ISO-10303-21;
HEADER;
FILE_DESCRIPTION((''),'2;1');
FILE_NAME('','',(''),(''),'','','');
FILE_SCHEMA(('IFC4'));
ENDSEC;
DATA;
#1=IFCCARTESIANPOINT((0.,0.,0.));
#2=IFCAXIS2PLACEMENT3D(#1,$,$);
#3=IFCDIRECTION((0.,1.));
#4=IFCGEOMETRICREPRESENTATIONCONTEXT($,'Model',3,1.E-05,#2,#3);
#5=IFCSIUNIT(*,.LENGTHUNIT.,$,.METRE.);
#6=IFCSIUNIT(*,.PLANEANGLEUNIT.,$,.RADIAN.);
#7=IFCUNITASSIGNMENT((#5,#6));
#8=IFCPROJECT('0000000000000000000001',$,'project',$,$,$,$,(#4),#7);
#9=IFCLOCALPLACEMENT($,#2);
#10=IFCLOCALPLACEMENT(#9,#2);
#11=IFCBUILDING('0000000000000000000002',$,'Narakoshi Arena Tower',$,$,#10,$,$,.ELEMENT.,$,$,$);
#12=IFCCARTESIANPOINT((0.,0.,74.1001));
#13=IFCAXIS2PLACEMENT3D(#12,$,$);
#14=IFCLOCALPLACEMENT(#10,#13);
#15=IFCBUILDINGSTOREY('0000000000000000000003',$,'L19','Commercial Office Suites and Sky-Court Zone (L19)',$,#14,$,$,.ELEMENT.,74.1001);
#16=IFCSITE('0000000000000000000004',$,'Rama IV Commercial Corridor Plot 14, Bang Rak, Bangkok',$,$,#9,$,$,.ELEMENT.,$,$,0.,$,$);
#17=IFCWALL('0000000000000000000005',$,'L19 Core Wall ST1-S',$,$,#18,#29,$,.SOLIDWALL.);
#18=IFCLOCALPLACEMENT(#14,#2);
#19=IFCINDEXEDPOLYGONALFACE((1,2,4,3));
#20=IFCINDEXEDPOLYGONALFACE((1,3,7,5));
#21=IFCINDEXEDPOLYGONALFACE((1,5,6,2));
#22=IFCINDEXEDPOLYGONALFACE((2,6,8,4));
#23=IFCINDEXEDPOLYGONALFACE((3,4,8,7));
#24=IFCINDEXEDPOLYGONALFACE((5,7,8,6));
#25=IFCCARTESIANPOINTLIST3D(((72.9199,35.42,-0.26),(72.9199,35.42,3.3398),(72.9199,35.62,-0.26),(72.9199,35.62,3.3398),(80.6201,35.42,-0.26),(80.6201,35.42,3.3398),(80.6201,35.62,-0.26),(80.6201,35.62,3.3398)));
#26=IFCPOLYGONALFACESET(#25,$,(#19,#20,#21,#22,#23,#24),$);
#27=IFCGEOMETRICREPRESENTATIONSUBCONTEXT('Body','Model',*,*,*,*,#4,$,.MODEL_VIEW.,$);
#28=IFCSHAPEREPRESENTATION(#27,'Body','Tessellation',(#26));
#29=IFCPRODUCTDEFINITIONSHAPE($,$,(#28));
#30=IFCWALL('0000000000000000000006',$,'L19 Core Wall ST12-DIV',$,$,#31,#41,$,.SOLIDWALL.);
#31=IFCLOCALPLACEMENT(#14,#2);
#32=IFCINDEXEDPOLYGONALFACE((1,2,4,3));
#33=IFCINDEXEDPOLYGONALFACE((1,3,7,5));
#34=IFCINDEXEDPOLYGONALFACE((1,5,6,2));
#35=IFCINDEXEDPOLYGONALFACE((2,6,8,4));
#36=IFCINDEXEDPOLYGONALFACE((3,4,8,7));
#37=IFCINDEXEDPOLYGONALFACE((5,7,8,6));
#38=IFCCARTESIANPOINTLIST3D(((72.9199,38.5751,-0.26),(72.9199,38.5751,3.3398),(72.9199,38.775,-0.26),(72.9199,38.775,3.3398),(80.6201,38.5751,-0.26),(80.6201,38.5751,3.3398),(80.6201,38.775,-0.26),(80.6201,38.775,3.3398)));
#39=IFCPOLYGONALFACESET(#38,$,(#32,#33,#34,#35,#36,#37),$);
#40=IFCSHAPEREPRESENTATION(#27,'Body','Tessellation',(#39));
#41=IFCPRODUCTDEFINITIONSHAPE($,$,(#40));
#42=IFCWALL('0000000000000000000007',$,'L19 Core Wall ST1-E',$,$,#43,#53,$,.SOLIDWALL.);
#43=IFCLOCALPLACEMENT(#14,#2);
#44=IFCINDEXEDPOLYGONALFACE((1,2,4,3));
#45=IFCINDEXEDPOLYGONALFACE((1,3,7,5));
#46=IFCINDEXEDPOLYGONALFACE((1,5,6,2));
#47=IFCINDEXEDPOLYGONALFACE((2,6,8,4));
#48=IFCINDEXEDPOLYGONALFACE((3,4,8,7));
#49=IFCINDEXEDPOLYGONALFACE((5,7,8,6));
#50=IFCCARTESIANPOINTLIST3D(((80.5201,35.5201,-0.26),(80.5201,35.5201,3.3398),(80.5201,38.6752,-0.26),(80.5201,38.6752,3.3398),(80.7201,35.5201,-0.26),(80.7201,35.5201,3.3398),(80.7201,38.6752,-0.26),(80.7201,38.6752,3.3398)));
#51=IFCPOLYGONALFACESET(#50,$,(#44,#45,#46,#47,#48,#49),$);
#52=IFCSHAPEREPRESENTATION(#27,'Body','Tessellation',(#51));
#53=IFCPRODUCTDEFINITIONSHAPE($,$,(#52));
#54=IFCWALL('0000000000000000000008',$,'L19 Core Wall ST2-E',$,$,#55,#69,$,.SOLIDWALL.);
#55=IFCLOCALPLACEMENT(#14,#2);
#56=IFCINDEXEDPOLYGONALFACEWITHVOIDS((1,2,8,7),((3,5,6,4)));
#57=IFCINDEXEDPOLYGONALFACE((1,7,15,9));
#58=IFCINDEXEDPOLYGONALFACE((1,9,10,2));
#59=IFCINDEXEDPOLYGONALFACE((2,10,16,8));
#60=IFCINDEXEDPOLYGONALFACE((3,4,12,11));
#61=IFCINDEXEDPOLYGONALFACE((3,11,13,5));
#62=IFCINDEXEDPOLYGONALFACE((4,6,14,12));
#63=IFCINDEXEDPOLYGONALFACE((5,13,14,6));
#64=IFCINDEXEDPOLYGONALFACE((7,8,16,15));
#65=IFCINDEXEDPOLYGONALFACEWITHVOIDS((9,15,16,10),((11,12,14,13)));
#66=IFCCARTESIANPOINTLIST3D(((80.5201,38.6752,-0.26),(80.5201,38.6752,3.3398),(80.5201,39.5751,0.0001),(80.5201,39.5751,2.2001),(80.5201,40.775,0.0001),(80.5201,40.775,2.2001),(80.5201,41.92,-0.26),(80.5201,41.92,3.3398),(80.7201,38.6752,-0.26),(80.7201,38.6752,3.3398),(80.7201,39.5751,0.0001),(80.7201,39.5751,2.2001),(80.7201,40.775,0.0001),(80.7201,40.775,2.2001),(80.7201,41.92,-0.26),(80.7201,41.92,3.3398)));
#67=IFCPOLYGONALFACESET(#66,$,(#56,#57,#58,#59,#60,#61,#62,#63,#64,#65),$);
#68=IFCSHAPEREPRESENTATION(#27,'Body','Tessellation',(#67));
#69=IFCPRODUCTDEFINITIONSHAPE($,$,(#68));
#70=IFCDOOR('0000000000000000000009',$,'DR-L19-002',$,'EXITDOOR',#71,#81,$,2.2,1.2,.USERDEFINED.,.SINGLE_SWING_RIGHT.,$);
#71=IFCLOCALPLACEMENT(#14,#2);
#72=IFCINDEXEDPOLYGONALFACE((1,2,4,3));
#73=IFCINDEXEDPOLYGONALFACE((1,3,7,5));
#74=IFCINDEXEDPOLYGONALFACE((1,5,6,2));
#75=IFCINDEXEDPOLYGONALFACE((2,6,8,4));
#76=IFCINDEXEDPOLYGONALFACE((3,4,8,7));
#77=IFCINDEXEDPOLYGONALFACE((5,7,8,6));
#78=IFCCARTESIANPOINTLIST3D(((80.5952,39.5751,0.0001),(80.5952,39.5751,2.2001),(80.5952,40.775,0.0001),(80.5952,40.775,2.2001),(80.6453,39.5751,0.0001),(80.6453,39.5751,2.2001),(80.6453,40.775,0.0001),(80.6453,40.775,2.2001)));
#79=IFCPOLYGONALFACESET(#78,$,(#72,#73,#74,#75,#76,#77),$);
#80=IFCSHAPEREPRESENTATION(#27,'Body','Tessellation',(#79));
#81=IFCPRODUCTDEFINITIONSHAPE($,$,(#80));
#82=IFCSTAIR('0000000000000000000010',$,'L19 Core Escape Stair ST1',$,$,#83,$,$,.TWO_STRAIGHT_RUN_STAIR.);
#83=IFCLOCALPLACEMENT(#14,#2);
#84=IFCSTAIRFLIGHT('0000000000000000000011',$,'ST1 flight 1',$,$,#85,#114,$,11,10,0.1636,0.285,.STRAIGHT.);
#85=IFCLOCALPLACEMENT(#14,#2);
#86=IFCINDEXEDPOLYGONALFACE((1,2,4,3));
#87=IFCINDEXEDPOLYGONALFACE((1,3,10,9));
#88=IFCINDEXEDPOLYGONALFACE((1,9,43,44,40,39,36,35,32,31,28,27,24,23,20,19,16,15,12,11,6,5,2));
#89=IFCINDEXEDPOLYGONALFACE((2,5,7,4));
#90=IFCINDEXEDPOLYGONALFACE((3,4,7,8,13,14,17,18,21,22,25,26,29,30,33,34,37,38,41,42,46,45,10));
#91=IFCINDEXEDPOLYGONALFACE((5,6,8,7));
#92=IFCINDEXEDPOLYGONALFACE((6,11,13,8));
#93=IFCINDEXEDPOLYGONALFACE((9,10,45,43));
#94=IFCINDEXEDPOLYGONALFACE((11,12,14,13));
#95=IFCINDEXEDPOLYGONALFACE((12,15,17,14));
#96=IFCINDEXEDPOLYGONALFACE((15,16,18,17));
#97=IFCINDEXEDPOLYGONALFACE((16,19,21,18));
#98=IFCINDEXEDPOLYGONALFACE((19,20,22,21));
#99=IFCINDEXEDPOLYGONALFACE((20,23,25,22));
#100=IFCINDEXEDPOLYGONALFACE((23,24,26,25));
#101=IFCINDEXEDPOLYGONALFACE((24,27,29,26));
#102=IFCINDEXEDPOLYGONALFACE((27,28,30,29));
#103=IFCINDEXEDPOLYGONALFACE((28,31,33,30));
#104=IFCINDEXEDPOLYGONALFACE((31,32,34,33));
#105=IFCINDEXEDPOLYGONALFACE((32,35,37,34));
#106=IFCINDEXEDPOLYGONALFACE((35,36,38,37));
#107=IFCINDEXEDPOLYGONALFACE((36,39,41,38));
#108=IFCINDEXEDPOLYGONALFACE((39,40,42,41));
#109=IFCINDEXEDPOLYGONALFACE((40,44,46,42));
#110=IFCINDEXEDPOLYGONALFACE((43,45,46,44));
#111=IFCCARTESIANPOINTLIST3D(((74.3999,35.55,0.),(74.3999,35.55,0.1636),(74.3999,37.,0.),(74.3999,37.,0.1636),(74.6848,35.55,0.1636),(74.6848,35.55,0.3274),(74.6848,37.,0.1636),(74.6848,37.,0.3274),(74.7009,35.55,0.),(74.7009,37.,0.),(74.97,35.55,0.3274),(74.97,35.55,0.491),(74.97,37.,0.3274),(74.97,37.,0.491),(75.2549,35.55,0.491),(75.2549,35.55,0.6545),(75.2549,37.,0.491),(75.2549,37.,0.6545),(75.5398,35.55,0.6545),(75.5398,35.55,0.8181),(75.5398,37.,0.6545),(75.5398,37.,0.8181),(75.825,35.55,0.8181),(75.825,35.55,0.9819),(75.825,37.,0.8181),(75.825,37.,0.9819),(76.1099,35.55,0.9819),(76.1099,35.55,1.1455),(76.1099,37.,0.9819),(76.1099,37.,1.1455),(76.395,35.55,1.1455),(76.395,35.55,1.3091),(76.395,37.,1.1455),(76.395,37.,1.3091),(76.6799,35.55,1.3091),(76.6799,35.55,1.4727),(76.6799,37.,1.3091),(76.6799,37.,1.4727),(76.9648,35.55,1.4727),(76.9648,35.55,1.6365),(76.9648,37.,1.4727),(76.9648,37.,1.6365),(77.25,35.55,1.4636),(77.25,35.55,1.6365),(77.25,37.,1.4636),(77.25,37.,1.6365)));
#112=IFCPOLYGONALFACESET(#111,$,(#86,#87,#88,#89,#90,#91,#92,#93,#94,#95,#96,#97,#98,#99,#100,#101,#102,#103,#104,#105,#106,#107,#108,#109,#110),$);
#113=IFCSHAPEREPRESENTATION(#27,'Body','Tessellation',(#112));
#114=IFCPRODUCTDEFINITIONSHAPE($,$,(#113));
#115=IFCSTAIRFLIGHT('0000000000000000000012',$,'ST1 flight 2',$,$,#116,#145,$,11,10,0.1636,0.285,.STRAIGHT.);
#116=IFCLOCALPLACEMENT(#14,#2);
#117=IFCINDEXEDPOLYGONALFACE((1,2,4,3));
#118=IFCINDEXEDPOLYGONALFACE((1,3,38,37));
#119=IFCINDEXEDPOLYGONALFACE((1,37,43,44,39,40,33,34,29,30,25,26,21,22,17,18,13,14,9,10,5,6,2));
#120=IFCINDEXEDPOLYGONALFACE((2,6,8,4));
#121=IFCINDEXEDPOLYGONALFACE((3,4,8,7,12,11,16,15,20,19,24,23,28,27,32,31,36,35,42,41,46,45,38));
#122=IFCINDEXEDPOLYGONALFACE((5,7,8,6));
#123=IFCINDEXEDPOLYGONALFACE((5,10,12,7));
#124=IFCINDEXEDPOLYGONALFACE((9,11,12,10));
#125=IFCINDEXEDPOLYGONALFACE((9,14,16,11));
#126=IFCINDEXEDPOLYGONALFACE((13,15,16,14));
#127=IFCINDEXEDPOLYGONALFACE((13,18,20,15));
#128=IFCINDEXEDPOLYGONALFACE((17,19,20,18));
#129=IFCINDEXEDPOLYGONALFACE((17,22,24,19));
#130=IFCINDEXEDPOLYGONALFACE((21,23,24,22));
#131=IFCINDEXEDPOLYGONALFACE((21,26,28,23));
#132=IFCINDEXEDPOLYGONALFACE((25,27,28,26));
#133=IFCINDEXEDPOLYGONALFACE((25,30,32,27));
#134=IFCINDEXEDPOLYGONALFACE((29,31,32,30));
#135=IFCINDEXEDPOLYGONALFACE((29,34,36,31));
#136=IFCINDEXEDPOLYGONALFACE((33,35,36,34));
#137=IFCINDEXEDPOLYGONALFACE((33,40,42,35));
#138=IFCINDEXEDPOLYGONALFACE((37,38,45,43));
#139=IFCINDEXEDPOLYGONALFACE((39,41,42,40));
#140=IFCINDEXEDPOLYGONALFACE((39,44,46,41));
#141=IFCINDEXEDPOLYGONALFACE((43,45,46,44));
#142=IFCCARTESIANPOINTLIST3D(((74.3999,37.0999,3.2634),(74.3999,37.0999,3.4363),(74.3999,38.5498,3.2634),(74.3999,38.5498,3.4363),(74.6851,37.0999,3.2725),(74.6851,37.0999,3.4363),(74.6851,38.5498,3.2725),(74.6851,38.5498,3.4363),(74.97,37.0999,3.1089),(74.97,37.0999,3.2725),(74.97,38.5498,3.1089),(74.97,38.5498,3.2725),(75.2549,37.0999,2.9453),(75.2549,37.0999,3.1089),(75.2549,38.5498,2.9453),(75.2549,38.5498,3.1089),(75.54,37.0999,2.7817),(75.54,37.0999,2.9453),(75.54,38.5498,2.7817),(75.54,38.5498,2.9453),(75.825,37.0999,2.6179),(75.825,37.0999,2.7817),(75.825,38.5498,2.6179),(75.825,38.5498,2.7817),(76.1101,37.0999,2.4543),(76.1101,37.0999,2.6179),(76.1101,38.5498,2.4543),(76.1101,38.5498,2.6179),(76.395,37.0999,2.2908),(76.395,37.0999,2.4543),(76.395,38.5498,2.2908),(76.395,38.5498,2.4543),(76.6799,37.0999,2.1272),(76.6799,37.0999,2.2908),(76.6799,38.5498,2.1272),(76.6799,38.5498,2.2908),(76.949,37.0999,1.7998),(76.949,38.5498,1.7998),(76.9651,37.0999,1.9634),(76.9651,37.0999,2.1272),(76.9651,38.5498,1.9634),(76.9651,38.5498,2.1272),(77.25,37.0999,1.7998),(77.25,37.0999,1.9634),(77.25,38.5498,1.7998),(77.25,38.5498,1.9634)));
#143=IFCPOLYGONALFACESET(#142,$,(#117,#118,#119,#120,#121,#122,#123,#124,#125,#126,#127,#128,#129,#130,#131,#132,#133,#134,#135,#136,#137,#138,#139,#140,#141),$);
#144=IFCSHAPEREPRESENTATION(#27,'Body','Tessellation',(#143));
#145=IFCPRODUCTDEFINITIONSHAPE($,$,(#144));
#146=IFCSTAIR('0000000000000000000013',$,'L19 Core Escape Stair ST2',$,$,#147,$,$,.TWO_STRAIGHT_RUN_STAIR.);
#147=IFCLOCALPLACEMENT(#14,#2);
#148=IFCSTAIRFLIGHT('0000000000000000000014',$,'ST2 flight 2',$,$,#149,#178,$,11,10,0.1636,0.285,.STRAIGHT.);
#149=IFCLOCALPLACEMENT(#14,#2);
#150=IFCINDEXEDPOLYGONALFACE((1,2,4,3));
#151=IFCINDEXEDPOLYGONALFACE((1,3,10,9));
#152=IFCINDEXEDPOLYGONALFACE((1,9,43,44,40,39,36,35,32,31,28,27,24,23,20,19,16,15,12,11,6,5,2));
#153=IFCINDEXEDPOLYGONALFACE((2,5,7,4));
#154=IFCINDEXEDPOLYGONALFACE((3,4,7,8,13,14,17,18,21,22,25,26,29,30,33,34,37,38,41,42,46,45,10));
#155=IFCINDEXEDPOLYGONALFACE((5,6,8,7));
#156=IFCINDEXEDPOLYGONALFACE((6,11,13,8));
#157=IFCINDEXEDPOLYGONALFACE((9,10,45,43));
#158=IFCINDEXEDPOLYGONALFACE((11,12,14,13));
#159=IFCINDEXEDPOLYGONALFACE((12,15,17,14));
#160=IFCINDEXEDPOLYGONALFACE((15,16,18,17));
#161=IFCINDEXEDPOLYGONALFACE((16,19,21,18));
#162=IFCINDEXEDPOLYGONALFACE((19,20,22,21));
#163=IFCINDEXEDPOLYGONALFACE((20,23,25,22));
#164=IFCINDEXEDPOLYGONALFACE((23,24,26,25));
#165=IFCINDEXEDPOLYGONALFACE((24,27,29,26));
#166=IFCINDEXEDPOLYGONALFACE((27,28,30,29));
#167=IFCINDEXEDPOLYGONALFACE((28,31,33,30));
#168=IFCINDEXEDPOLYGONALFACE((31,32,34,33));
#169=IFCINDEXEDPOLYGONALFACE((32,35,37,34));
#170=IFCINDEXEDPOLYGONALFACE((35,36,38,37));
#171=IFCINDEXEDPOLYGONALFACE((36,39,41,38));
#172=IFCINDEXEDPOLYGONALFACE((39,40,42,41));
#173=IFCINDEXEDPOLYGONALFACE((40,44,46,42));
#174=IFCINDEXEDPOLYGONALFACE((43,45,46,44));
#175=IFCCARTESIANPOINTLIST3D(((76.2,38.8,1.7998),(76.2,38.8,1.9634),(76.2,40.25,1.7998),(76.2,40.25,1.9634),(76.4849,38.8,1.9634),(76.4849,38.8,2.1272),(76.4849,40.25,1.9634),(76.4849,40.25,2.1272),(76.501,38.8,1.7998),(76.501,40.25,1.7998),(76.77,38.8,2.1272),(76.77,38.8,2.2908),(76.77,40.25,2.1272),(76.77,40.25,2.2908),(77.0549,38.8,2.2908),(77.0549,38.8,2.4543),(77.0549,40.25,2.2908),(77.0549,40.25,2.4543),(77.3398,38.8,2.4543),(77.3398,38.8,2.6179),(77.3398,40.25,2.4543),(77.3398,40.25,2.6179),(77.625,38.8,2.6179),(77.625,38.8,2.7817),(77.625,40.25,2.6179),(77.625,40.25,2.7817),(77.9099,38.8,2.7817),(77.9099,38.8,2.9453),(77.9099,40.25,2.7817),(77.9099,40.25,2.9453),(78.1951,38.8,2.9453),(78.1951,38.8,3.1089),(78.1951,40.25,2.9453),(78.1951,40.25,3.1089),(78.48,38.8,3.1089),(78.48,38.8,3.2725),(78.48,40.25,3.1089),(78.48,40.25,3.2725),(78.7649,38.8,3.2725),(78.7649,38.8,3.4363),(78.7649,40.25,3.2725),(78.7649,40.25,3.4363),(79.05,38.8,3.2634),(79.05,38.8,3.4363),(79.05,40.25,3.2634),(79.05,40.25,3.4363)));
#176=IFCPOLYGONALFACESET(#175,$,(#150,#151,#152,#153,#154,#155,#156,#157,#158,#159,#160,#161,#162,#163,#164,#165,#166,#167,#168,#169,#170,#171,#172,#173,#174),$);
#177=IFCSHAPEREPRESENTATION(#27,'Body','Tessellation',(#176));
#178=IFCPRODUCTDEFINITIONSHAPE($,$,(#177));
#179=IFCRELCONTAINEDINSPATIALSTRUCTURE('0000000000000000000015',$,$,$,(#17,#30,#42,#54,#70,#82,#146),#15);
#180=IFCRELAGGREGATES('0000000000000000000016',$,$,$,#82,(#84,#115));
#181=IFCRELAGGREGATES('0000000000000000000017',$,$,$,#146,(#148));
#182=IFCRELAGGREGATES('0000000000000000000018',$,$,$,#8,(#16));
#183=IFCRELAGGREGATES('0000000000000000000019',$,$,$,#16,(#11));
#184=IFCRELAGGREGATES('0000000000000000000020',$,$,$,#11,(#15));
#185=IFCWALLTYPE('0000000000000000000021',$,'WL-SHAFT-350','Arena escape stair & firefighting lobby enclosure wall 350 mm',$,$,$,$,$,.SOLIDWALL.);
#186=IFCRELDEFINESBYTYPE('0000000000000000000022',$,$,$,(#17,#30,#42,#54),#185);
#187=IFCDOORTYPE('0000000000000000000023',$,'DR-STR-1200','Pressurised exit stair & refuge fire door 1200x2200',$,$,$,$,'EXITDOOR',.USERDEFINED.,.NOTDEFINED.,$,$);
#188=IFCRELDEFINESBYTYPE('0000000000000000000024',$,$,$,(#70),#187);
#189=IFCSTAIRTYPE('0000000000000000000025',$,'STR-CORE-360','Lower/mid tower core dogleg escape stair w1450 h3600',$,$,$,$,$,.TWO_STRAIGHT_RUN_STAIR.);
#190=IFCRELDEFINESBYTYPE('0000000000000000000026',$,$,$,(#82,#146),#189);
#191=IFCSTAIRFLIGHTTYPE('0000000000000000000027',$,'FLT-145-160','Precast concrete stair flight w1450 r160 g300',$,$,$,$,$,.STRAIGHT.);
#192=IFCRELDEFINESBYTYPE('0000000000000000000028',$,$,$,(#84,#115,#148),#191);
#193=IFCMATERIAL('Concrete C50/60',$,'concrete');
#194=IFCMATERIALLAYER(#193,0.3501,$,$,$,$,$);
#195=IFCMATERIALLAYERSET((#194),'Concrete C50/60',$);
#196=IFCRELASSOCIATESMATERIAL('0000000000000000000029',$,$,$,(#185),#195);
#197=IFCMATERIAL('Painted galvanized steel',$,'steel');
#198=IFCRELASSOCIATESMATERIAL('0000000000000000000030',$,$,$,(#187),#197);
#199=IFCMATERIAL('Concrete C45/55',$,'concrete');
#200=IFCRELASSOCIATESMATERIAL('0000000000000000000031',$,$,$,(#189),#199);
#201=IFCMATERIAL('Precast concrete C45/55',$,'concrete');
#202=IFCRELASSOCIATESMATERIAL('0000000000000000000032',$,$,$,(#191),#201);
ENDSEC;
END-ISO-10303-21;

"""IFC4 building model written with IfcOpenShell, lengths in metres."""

from ifc_helpers import new_model, si_unit, direction, frame, frame_2d, origin, place, context, subcontext, project, spatial, polyline, rectangle, outline, extrude, material, layer, layer_set, type_object, element, fill, aggregate, save


model = new_model("IFC4")

# Units and contexts
model_context = context("Model", 3, precision=1e-05, world=origin(), true_north=direction((0.0, 1.0)))
body_context = subcontext(model_context, "Body", "Model", "MODEL_VIEW")
ifc_project = project(units=[si_unit("LENGTHUNIT", "METRE"), si_unit("PLANEANGLEUNIT", "RADIAN")], contexts=[model_context])

# Site, building, storey
site_placement = place(None, origin())
site = spatial("IfcSite", under=ifc_project, at=site_placement, Name="Rama IV Commercial Corridor Plot 14, Bang Rak, Bangkok", CompositionType="ELEMENT", RefElevation=0.0)
building_placement = place(site_placement, origin())
building = spatial("IfcBuilding", under=site, at=building_placement, Name="Narakoshi Arena Tower", CompositionType="ELEMENT")
storey_placement = place(building_placement, frame((0.0, 0.0, 74.1001)))
storey = spatial("IfcBuildingStorey", under=building, at=storey_placement, Name="L19", Description="Commercial Office Suites and Sky-Court Zone (L19)", CompositionType="ELEMENT", Elevation=74.1001)

# Walls
ifc_material_1 = material(Name="Concrete C50/60", Category="concrete")
ifc_layer = layer(ifc_material_1, 0.3501)
ifc_layer_set = layer_set([ifc_layer], Name="Concrete C50/60")
wall_type = type_object("IfcWallType", Name="WL-SHAFT-350", Description="Arena escape stair & firefighting lobby enclosure wall 350 mm", PredefinedType="SOLIDWALL", material=ifc_layer_set)
for number, where, z_axis, x_axis, name in (
    (1, (72.9199, 35.52, -0.26), (0.0, 0.0, 1.0), (1.0, 0.0, 0.0), "L19 Core Wall ST1-S"),
    (2, (72.9199, 38.675, -0.26), (0.0, 0.0, 1.0), (1.0, 0.0, 0.0), "L19 Core Wall ST12-DIV"),
):
    element("IfcWall", number, at=place(storey_placement, frame(where, z_axis=z_axis, x_axis=x_axis)), inside=storey, type_object=wall_type, Name=name, PredefinedType="SOLIDWALL", context=body_context, shape_type="SweptSolid", body=[
        extrude(rectangle(XDim=7.7002, YDim=0.2, at=frame_2d((3.8501, 0.0))), origin(), (0.0, 0.0, 1.0), 3.5999),
    ])
wall_1_placement = place(storey_placement, frame((80.6201, 35.52, -0.26), z_axis=(0.0, 0.0, 1.0), x_axis=(0.0, 1.0, 0.0)))
element("IfcWall", 3, at=wall_1_placement, inside=storey, type_object=wall_type, Name="L19 Core Wall ST1-E", PredefinedType="SOLIDWALL", context=body_context, shape_type="SweptSolid", body=[
    extrude(rectangle(XDim=3.155, YDim=0.2, at=frame_2d((1.5776, 0.0))), origin(), (0.0, 0.0, 1.0), 3.5999),
])

# Wall, opening, door
wall_2_placement = place(storey_placement, frame((80.6201, 38.675, -0.26), z_axis=(0.0, 0.0, 1.0), x_axis=(0.0, 1.0, 0.0)))
wall_2 = element("IfcWall", 4, at=wall_2_placement, inside=storey, type_object=wall_type, Name="L19 Core Wall ST2-E", PredefinedType="SOLIDWALL", context=body_context, shape_type="SweptSolid", body=[
    extrude(rectangle(XDim=3.2449, YDim=0.2, at=frame_2d((1.6226, 0.0))), origin(), (0.0, 0.0, 1.0), 3.5999),
])
opening_placement = place(wall_2_placement, frame((0.8999, 0.0, 0.26)))
opening = element("IfcOpeningElement", 5, at=opening_placement, cuts=wall_2, PredefinedType="OPENING", context=body_context, shape_type="SweptSolid", body=[
    extrude(rectangle(XDim=1.2, YDim=2.2, at=frame_2d((0.6001, 1.1001))), frame((0.0, 0.1099, 0.0), z_axis=(0.0, -1.0, 0.0), x_axis=(1.0, 0.0, 0.0)), (0.0, 0.0, 1.0), 0.22),
])
ifc_material_2 = material(Name="Painted galvanized steel", Category="steel")
door_type = type_object("IfcDoorType", Name="DR-STR-1200", Description="Pressurised exit stair & refuge fire door 1200x2200", ElementType="EXITDOOR", OperationType="NOTDEFINED", PredefinedType="USERDEFINED", material=ifc_material_2)
door_placement = place(opening_placement, origin())
door = element("IfcDoor", 6, at=door_placement, inside=storey, type_object=door_type, Name="DR-L19-002", ObjectType="EXITDOOR", OperationType="SINGLE_SWING_RIGHT", OverallHeight=2.2, OverallWidth=1.2, PredefinedType="USERDEFINED", context=body_context, shape_type="SweptSolid", body=[
    extrude(rectangle(XDim=1.2, YDim=2.2, at=frame_2d((0.6001, 1.1001))), frame((0.0, 0.0249, 0.0), z_axis=(0.0, -1.0, 0.0), x_axis=(1.0, 0.0, 0.0)), (0.0, 0.0, 1.0), 0.05),
])
fill(opening, door)

# Stair, stair flights
ifc_material_3 = material(Name="Concrete C45/55", Category="concrete")
stair_type = type_object("IfcStairType", Name="STR-CORE-360", Description="Lower/mid tower core dogleg escape stair w1450 h3600", PredefinedType="TWO_STRAIGHT_RUN_STAIR", material=ifc_material_3)
stair_1_placement = place(storey_placement, origin())
stair_1 = element("IfcStair", 7, at=stair_1_placement, inside=storey, type_object=stair_type, Name="L19 Core Escape Stair ST1", PredefinedType="TWO_STRAIGHT_RUN_STAIR")
ifc_material_4 = material(Name="Precast concrete C45/55", Category="concrete")
stair_flight_type = type_object("IfcStairFlightType", Name="FLT-145-160", Description="Precast concrete stair flight w1450 r160 g300", PredefinedType="STRAIGHT", material=ifc_material_4)
stair_flight_1_placement = place(storey_placement, frame((74.3999, 36.2749, 0.0), z_axis=(0.0, 0.0, 1.0), x_axis=(1.0, 0.0, 0.0)))
stair_flight_1 = element("IfcStairFlight", 8, at=stair_flight_1_placement, type_object=stair_flight_type, Name="ST1 flight 1", NumberOfRisers=11, NumberOfTreads=10, PredefinedType="STRAIGHT", RiserHeight=0.1636, TreadLength=0.285, context=body_context, shape_type="SweptSolid", body=[
    extrude(outline(polyline([(0.0, 0.0), (0.0, 0.1636), (0.2849, 0.1636), (0.2849, 0.3274), (0.5701, 0.3274), (0.5701, 0.491), (0.855, 0.491), (0.855, 0.6545), (1.1399, 0.6545), (1.1399, 0.8181), (1.425, 0.8181), (1.425, 0.9819), (1.71, 0.9819), (1.71, 1.1455), (1.9951, 1.1455), (1.9951, 1.3091), (2.28, 1.3091), (2.28, 1.4727), (2.5649, 1.4727), (2.5649, 1.6365), (2.8501, 1.6365), (2.8501, 1.8), (2.8501, 1.4636), (0.301, 0.0), (0.0, 0.0)])), frame((0.0, 0.7251, 0.0), z_axis=(0.0, -1.0, 0.0), x_axis=(1.0, 0.0, 0.0)), (0.0, 0.0, 1.0), 1.45),
])
stair_flight_2_placement = place(storey_placement, frame((77.25, 37.825, 1.7998), z_axis=(0.0, 0.0, 1.0), x_axis=(-1.0, 0.0, 0.0)))
stair_flight_2 = element("IfcStairFlight", 9, at=stair_flight_2_placement, type_object=stair_flight_type, Name="ST1 flight 2", NumberOfRisers=11, NumberOfTreads=10, PredefinedType="STRAIGHT", RiserHeight=0.1636, TreadLength=0.285, context=body_context, shape_type="SweptSolid", body=[
    extrude(outline(polyline([(0.0, 0.0), (0.0, 0.1636), (0.2849, 0.1636), (0.2849, 0.3274), (0.5701, 0.3274), (0.5701, 0.491), (0.855, 0.491), (0.855, 0.6545), (1.1399, 0.6545), (1.1399, 0.8181), (1.425, 0.8181), (1.425, 0.9819), (1.71, 0.9819), (1.71, 1.1455), (1.9951, 1.1455), (1.9951, 1.3091), (2.28, 1.3091), (2.28, 1.4727), (2.5649, 1.4727), (2.5649, 1.6365), (2.8501, 1.6365), (2.8501, 1.8), (2.8501, 1.4636), (0.301, 0.0), (0.0, 0.0)])), frame((0.0, 0.7251, 0.0), z_axis=(0.0, -1.0, 0.0), x_axis=(1.0, 0.0, 0.0)), (0.0, 0.0, 1.0), 1.45),
])
aggregate(stair_1, [stair_flight_1, stair_flight_2])

# Stair, stair flight
stair_2_placement = place(storey_placement, origin())
stair_2 = element("IfcStair", 10, at=stair_2_placement, inside=storey, type_object=stair_type, Name="L19 Core Escape Stair ST2", PredefinedType="TWO_STRAIGHT_RUN_STAIR")
stair_flight_3_placement = place(storey_placement, frame((76.2, 39.5249, 1.7998), z_axis=(0.0, 0.0, 1.0), x_axis=(1.0, 0.0, 0.0)))
stair_flight_3 = element("IfcStairFlight", 11, at=stair_flight_3_placement, type_object=stair_flight_type, Name="ST2 flight 2", NumberOfRisers=11, NumberOfTreads=10, PredefinedType="STRAIGHT", RiserHeight=0.1636, TreadLength=0.285, context=body_context, shape_type="SweptSolid", body=[
    extrude(outline(polyline([(0.0, 0.0), (0.0, 0.1636), (0.2849, 0.1636), (0.2849, 0.3274), (0.5701, 0.3274), (0.5701, 0.491), (0.855, 0.491), (0.855, 0.6545), (1.1399, 0.6545), (1.1399, 0.8181), (1.425, 0.8181), (1.425, 0.9819), (1.71, 0.9819), (1.71, 1.1455), (1.9951, 1.1455), (1.9951, 1.3091), (2.28, 1.3091), (2.28, 1.4727), (2.5649, 1.4727), (2.5649, 1.6365), (2.8501, 1.6365), (2.8501, 1.8), (2.8501, 1.4636), (0.301, 0.0), (0.0, 0.0)])), frame((0.0, 0.7251, 0.0), z_axis=(0.0, -1.0, 0.0), x_axis=(1.0, 0.0, 0.0)), (0.0, 0.0, 1.0), 1.45),
])
aggregate(stair_2, [stair_flight_3])

save(model, "model.ifc")
